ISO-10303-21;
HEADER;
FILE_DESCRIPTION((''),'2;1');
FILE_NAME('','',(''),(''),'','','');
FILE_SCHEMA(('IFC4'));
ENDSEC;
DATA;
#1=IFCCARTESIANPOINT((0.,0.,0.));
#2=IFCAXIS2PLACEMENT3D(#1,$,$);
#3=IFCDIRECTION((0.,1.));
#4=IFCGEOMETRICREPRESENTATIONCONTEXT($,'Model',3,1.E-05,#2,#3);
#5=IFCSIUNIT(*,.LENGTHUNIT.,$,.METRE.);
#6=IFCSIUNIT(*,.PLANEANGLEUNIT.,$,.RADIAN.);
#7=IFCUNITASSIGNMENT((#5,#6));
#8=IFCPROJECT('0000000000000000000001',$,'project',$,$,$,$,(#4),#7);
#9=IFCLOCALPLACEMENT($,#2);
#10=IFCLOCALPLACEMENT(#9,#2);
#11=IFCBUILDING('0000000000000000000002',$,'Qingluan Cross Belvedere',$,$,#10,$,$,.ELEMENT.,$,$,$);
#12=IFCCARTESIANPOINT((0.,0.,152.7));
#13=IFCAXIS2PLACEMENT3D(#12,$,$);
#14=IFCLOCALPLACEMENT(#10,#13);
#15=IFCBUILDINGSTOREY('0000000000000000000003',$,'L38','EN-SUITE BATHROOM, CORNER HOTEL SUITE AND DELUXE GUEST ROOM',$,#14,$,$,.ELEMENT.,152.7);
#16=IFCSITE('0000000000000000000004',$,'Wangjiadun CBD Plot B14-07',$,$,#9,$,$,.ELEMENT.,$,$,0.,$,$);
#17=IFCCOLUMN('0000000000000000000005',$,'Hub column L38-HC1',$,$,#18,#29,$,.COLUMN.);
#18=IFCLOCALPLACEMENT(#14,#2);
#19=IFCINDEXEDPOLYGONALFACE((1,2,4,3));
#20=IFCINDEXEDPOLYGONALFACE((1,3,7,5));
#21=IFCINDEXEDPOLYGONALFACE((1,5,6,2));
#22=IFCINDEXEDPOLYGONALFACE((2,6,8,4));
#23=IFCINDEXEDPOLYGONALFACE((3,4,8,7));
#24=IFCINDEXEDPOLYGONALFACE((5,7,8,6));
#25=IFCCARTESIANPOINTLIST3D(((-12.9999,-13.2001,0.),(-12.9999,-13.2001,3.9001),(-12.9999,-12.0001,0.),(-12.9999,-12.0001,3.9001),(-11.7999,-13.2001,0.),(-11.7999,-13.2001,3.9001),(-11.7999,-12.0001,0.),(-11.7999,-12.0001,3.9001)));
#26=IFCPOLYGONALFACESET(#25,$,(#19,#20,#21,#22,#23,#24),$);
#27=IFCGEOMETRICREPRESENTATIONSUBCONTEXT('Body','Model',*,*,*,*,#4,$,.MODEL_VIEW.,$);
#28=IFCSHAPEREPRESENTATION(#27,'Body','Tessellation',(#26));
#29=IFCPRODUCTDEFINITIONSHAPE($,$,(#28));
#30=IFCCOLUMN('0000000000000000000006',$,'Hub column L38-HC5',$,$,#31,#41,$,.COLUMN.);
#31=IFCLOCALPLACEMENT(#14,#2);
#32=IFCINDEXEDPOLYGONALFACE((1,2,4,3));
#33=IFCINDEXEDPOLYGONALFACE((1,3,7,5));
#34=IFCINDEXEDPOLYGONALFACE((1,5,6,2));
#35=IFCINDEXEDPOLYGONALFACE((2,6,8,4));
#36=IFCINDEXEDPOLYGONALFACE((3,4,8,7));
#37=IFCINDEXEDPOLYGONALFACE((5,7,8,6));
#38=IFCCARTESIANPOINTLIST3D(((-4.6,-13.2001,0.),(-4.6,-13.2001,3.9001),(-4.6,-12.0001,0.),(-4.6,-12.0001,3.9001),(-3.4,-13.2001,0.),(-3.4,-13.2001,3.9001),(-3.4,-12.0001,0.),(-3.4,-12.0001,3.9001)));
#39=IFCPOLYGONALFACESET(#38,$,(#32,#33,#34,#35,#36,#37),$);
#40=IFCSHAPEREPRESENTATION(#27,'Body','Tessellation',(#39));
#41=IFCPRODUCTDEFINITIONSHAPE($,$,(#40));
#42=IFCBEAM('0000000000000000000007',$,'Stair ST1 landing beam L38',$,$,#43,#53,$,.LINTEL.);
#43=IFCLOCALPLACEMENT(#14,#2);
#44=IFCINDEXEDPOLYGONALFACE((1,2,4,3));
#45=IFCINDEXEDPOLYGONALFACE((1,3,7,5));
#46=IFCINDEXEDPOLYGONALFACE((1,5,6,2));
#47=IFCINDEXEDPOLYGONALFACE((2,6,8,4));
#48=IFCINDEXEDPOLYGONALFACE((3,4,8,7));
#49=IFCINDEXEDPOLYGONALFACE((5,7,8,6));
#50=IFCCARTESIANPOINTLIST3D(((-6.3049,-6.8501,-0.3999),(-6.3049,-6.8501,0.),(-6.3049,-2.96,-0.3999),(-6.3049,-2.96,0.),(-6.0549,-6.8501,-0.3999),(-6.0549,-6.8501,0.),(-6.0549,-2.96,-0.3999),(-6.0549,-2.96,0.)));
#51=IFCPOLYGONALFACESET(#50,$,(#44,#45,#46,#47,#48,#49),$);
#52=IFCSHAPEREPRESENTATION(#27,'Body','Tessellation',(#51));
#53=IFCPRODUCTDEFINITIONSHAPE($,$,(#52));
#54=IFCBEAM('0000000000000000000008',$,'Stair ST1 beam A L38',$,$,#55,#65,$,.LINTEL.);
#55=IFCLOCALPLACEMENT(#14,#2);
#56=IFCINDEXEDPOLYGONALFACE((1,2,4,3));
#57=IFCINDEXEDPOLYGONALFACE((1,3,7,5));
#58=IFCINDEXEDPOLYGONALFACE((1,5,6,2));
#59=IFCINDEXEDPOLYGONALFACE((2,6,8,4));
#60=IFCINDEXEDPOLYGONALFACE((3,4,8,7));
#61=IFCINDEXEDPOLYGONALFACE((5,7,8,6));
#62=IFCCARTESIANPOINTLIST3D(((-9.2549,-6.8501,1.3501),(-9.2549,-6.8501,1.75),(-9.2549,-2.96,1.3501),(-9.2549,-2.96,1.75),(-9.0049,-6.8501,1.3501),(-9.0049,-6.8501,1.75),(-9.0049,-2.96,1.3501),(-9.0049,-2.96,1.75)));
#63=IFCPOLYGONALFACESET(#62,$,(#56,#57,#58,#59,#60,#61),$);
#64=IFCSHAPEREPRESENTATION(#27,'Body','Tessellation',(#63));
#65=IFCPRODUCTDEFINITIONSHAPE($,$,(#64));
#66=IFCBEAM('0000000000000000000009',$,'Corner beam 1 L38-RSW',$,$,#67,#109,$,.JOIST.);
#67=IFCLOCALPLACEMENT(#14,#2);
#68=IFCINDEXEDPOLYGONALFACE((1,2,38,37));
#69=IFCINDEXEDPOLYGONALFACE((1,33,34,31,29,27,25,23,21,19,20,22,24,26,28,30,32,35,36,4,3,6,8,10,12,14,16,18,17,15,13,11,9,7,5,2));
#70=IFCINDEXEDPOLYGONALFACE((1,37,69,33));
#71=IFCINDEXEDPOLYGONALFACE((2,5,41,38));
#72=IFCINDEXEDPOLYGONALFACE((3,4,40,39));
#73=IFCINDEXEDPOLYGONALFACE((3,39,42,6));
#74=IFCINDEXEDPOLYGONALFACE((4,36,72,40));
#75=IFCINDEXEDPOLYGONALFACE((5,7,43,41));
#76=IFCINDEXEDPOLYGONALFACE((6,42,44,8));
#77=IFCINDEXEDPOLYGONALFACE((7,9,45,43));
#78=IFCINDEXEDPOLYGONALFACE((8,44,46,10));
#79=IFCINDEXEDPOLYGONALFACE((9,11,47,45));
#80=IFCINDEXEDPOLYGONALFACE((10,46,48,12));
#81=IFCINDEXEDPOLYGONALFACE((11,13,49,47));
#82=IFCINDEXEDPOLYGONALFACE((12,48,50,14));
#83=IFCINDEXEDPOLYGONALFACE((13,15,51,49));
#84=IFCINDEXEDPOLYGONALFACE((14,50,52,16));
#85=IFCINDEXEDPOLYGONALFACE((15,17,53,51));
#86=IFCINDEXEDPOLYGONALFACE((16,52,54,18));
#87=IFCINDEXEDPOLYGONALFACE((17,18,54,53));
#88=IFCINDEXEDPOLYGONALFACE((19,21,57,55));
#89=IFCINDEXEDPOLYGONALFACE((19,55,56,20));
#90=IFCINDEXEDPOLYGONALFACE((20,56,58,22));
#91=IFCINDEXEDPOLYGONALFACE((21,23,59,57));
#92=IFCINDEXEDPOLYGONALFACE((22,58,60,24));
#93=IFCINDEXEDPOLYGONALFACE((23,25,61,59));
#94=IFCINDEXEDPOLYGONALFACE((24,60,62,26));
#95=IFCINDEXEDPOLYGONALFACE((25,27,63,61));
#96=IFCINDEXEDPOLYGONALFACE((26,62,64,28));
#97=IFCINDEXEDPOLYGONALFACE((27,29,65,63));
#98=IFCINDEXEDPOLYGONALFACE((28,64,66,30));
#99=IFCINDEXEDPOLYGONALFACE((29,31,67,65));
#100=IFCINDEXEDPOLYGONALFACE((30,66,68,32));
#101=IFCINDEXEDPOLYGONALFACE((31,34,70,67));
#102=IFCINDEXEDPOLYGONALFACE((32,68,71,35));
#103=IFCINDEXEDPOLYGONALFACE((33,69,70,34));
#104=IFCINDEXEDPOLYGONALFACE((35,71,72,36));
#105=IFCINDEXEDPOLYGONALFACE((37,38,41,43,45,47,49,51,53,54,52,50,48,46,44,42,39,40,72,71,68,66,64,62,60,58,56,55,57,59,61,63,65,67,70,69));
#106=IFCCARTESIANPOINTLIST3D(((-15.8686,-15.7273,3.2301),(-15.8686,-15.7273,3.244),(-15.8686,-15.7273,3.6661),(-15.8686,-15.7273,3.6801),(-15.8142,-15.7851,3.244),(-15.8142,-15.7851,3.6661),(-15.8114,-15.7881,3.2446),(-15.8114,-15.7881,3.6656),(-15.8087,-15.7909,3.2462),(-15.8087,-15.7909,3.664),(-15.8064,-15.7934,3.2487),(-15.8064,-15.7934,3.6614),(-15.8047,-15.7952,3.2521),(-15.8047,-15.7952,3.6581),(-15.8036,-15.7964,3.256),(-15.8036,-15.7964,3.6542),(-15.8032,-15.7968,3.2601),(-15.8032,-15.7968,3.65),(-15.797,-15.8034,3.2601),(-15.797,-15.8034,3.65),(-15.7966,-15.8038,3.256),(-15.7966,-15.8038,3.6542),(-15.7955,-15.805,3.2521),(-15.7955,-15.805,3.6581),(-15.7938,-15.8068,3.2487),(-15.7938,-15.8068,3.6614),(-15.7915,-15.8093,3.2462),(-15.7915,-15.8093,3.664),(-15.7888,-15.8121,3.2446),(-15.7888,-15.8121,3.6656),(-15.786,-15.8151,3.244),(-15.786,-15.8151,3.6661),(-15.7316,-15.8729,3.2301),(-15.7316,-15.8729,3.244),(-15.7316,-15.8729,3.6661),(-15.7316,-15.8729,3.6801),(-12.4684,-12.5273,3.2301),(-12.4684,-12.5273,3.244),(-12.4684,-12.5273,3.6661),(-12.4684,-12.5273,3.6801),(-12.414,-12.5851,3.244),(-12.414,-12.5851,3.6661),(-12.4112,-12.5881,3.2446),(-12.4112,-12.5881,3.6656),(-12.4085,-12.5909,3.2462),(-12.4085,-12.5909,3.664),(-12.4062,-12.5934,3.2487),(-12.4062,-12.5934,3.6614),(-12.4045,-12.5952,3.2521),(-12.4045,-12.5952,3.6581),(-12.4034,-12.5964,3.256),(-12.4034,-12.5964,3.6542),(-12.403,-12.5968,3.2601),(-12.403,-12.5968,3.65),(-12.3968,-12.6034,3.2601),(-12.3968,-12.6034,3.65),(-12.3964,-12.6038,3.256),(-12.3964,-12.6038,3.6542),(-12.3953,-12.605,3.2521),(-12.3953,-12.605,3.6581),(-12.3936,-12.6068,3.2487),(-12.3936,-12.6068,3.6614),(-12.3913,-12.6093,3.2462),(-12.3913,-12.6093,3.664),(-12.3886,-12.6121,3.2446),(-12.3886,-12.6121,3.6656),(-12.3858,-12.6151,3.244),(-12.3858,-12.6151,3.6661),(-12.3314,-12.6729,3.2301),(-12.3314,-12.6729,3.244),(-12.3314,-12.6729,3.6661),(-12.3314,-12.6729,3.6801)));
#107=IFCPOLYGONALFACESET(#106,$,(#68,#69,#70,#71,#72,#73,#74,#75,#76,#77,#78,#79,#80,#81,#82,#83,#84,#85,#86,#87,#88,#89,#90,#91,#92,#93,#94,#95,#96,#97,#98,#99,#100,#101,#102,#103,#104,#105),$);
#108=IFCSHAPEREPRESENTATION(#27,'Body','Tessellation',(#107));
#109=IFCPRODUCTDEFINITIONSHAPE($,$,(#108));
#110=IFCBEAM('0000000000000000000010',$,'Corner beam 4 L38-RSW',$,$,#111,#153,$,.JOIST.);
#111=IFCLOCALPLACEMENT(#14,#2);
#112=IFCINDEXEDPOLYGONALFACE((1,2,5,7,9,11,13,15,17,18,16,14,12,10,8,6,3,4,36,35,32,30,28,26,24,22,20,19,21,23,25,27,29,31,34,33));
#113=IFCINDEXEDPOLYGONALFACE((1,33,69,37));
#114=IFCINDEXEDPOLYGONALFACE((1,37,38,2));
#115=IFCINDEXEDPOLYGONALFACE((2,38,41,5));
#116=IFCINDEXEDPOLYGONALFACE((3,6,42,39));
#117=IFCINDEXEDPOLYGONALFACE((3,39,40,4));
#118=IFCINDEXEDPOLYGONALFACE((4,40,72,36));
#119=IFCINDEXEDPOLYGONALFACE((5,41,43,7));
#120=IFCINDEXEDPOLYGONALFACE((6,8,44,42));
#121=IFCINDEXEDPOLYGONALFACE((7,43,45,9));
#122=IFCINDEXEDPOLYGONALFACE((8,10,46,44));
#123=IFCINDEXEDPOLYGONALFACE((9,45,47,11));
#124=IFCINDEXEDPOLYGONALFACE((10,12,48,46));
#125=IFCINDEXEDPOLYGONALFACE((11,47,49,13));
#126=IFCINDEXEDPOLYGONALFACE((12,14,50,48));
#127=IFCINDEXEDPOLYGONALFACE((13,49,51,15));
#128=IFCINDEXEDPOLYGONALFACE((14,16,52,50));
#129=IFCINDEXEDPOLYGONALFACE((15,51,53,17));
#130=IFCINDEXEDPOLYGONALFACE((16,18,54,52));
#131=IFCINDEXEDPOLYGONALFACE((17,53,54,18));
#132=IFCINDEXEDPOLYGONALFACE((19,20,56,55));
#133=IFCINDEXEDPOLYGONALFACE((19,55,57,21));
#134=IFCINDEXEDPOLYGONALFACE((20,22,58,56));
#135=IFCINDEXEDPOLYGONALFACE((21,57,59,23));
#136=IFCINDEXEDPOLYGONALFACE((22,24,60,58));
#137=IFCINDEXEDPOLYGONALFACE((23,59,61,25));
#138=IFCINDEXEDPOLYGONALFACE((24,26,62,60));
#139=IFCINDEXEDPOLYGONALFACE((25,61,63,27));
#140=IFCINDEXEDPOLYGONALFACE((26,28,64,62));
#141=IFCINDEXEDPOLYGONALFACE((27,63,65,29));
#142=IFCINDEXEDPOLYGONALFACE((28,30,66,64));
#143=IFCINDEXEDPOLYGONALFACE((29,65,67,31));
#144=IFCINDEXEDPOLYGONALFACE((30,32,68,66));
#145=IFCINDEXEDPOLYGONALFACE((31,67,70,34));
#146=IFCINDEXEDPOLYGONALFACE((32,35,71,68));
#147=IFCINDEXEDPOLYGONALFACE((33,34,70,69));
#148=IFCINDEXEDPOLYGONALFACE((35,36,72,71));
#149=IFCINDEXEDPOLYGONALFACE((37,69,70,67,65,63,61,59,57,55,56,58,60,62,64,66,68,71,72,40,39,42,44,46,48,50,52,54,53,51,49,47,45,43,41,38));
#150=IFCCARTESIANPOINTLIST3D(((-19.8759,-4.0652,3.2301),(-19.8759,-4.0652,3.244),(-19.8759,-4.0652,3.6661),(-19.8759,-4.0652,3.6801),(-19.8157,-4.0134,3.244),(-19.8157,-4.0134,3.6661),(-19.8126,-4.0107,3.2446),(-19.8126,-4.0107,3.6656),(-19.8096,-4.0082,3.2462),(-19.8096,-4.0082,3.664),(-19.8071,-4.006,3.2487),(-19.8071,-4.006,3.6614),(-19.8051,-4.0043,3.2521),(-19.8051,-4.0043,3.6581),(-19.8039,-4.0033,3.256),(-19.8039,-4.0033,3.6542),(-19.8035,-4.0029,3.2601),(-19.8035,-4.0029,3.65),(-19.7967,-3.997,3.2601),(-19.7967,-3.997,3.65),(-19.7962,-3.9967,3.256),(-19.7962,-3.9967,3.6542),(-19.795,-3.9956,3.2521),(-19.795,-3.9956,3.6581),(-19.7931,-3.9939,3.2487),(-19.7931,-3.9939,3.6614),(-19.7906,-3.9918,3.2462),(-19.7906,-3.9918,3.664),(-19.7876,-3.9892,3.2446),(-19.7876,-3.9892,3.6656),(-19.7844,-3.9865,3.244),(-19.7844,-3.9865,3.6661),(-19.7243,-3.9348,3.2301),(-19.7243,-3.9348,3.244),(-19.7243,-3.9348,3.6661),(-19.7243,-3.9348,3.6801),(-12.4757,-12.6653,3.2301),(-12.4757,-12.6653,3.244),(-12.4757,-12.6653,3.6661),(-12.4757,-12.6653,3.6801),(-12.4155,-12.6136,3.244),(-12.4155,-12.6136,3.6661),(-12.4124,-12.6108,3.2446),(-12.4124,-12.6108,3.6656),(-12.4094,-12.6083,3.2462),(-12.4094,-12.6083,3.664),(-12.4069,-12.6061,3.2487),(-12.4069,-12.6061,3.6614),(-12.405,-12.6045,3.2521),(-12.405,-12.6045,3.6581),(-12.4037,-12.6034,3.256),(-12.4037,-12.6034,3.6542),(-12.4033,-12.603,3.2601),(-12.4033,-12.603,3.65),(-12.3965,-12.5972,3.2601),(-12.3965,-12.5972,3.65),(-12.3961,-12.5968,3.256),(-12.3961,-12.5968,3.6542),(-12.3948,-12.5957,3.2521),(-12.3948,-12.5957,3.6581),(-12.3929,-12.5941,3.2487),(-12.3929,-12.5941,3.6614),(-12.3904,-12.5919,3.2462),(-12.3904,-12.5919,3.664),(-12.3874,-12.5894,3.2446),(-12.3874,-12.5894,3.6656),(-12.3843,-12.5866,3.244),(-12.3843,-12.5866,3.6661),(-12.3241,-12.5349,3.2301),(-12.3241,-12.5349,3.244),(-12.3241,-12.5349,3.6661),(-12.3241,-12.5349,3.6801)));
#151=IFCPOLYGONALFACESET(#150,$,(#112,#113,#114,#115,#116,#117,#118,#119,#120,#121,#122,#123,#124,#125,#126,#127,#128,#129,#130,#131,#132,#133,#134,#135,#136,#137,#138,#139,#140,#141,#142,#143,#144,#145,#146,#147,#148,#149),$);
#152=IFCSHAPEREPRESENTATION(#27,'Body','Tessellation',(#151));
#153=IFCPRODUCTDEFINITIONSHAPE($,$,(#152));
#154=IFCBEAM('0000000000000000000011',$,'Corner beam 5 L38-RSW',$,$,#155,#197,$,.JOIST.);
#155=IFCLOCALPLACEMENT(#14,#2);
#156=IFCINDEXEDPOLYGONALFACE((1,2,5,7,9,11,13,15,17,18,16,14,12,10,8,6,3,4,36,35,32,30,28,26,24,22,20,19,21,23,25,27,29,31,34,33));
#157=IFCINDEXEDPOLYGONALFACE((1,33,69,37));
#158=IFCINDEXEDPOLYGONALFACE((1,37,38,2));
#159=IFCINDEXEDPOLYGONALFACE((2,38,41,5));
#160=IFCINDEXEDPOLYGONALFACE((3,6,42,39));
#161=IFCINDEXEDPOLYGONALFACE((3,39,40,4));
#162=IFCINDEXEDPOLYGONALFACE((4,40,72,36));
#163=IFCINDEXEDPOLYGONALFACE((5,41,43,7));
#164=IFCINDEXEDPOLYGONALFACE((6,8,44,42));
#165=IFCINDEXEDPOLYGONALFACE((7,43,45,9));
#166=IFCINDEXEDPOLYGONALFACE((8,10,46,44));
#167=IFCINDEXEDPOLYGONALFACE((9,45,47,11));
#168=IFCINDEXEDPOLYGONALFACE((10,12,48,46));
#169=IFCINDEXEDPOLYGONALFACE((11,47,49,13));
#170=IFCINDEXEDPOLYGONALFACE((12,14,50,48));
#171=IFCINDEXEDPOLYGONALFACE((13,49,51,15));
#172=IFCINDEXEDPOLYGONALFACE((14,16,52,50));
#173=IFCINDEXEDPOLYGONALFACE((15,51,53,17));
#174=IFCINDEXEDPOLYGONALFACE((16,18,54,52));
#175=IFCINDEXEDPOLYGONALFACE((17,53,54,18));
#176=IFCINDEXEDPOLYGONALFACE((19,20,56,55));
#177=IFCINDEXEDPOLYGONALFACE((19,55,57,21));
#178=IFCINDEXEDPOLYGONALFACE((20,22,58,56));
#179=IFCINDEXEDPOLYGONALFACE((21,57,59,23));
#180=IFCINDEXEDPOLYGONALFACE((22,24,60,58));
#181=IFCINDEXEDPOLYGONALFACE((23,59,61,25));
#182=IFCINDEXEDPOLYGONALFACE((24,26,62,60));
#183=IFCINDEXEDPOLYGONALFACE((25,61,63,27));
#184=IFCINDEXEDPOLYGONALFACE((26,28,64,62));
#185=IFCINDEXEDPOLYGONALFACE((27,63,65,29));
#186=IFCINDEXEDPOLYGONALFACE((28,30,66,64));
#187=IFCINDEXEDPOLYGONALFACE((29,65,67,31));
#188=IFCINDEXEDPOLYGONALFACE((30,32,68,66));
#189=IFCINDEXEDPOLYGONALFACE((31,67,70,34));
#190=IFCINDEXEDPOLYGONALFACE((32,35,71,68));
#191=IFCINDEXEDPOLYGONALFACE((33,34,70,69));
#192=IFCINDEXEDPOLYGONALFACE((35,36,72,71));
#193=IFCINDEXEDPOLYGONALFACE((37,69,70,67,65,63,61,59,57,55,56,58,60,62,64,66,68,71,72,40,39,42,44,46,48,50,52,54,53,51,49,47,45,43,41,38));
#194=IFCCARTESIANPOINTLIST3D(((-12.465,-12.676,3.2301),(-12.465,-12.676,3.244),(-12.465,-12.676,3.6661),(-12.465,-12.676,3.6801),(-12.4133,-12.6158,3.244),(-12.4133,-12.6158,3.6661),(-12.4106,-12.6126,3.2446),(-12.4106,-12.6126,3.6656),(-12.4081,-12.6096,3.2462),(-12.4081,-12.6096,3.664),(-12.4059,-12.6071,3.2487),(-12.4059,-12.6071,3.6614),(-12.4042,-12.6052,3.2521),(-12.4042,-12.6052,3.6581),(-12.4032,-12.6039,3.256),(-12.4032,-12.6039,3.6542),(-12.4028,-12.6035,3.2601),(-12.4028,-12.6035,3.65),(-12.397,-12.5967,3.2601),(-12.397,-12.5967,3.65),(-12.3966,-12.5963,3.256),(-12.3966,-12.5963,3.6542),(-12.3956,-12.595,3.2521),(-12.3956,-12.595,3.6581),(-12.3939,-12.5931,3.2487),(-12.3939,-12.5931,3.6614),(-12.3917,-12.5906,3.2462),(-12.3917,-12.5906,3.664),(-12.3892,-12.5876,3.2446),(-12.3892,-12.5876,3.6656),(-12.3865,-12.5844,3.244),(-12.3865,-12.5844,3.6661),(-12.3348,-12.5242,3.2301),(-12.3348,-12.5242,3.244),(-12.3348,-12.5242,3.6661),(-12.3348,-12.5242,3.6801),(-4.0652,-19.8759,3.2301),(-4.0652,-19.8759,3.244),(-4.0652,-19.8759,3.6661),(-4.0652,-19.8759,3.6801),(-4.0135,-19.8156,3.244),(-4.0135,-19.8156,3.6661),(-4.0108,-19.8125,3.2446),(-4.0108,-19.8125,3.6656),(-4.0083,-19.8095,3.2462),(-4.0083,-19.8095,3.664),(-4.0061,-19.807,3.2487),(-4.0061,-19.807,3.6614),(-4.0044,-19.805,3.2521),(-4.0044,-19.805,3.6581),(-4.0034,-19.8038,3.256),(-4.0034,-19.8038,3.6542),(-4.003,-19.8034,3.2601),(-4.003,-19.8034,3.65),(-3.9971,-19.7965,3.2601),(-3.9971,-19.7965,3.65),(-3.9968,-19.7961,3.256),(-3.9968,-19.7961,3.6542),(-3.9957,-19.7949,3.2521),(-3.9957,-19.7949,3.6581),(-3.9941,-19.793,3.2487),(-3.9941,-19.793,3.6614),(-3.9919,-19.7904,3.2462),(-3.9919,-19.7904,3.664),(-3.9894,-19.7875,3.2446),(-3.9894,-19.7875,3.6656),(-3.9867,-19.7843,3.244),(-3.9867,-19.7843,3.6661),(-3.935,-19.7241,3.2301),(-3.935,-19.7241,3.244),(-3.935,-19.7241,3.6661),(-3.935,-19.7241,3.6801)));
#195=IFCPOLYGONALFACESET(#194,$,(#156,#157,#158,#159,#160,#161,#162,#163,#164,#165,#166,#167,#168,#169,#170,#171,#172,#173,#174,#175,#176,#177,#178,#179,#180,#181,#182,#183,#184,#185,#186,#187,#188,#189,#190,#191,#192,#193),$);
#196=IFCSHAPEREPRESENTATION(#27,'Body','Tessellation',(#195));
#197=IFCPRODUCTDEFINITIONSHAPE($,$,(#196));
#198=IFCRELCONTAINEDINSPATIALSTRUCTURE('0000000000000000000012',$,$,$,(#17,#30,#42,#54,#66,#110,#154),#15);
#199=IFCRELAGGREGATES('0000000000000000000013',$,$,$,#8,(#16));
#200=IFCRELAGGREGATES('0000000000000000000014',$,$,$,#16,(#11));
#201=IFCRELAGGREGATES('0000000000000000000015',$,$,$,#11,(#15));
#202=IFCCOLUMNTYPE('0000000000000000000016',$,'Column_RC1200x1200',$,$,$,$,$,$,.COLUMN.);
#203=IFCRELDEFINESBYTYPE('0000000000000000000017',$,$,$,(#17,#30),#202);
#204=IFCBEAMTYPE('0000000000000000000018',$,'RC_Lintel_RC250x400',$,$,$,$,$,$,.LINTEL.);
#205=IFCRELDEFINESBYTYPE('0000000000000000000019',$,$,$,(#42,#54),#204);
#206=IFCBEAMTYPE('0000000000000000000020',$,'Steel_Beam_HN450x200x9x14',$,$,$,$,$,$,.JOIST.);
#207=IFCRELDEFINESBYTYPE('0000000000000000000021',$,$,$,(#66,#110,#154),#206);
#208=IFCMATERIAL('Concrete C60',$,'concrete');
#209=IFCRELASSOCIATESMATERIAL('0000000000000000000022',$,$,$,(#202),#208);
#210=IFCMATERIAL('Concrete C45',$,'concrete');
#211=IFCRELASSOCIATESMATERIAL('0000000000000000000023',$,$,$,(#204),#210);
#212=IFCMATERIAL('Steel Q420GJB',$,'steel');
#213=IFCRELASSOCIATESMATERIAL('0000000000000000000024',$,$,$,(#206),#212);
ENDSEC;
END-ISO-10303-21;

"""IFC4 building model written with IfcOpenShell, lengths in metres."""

from ifc_helpers import new_model, si_unit, direction, frame, origin, origin_2d, place, context, subcontext, project, spatial, rectangle, i_section, extrude, material, material_profile, profile_set, type_object, element, save


model = new_model("IFC4")

# Units and contexts
model_context = context("Model", 3, precision=1e-05, world=origin(), true_north=direction((0.0, 1.0)))
body_context = subcontext(model_context, "Body", "Model", "MODEL_VIEW")
ifc_project = project(units=[si_unit("LENGTHUNIT", "METRE"), si_unit("PLANEANGLEUNIT", "RADIAN")], contexts=[model_context])

# Site, building, storey
site_placement = place(None, origin())
site = spatial("IfcSite", under=ifc_project, at=site_placement, Name="Wangjiadun CBD Plot B14-07", CompositionType="ELEMENT", RefElevation=0.0)
building_placement = place(site_placement, origin())
building = spatial("IfcBuilding", under=site, at=building_placement, Name="Qingluan Cross Belvedere", CompositionType="ELEMENT")
storey_placement = place(building_placement, frame((0.0, 0.0, 152.7)))
storey = spatial("IfcBuildingStorey", under=building, at=storey_placement, Name="L38", Description="EN-SUITE BATHROOM, CORNER HOTEL SUITE AND DELUXE GUEST ROOM", CompositionType="ELEMENT", Elevation=152.7)

# Columns
ifc_material_1 = material(Name="Concrete C60", Category="concrete")
ifc_material_profile_1 = material_profile(ifc_material_1, rectangle(XDim=1.2, YDim=1.2, at=origin_2d()), Name="RC1200x1200")
ifc_profile_set_1 = profile_set([ifc_material_profile_1], Name="Concrete C60")
column_type = type_object("IfcColumnType", Name="Column_RC1200x1200", PredefinedType="COLUMN", material=ifc_profile_set_1)
for number, where, z_axis, x_axis, name in (
    (1, (-12.3999, -12.6001, 0.0), (0.0, 0.0, 1.0), (1.0, 0.0, 0.0), "Hub column L38-HC1"),
    (2, (-4.0, -12.6001, 0.0), (0.0, 0.0, 1.0), (1.0, 0.0, 0.0), "Hub column L38-HC5"),
):
    element("IfcColumn", number, at=place(storey_placement, frame(where, z_axis=z_axis, x_axis=x_axis)), inside=storey, type_object=column_type, Name=name, PredefinedType="COLUMN", context=body_context, shape_type="SweptSolid", body=[
        extrude(rectangle(XDim=1.2, YDim=1.2, at=origin_2d()), origin(), (0.0, 0.0, 1.0), 3.9001),
    ])

# Beams
ifc_material_2 = material(Name="Concrete C45", Category="concrete")
ifc_material_profile_2 = material_profile(ifc_material_2, rectangle(XDim=0.25, YDim=0.3999, at=origin_2d()), Name="RC250x400")
ifc_profile_set_2 = profile_set([ifc_material_profile_2], Name="Concrete C45")
beam_type_1 = type_object("IfcBeamType", Name="RC_Lintel_RC250x400", PredefinedType="LINTEL", material=ifc_profile_set_2)
for number, where, z_axis, x_axis, name in (
    (3, (-6.1799, -6.8501, -0.2), (0.0, 1.0, 0.0), (-1.0, 0.0, 0.0), "Stair ST1 landing beam L38"),
    (4, (-9.1299, -6.8501, 1.55), (0.0, 1.0, 0.0), (-1.0, 0.0, 0.0), "Stair ST1 beam A L38"),
):
    element("IfcBeam", number, at=place(storey_placement, frame(where, z_axis=z_axis, x_axis=x_axis)), inside=storey, type_object=beam_type_1, Name=name, PredefinedType="LINTEL", context=body_context, shape_type="SweptSolid", body=[
        extrude(rectangle(XDim=0.25, YDim=0.3999, at=origin_2d()), origin(), (0.0, 0.0, 1.0), 3.8901),
    ])
ifc_material_3 = material(Name="Steel Q420GJB", Category="steel")
ifc_material_profile_3 = material_profile(ifc_material_3, i_section(OverallWidth=0.2, OverallDepth=0.45, WebThickness=0.009, FlangeThickness=0.0139, FilletRadius=0.0161, at=origin_2d()), Name="HN450x200x9x14")
ifc_profile_set_3 = profile_set([ifc_material_profile_3], Name="Steel Q420GJB")
beam_type_2 = type_object("IfcBeamType", Name="Steel_Beam_HN450x200x9x14", PredefinedType="JOIST", material=ifc_profile_set_3)
beam_1_placement = place(storey_placement, frame((-12.3999, -12.6001, 3.4551), z_axis=(-0.72822, -0.685343, 0.0), x_axis=(0.685343, -0.72822, 0.0)))
element("IfcBeam", 5, at=beam_1_placement, inside=storey, type_object=beam_type_2, Name="Corner beam 1 L38-RSW", PredefinedType="JOIST", context=body_context, shape_type="SweptSolid", body=[
    extrude(i_section(OverallWidth=0.2, OverallDepth=0.45, WebThickness=0.009, FlangeThickness=0.0139, FilletRadius=0.0161, at=origin_2d()), origin(), (0.0, 0.0, 1.0), 4.6692),
])
beam_2_placement = place(storey_placement, frame((-12.3999, -12.6001, 3.4551), z_axis=(-0.652245, 0.758008, 0.0), x_axis=(-0.758008, -0.652245, 0.0)))
element("IfcBeam", 6, at=beam_2_placement, inside=storey, type_object=beam_type_2, Name="Corner beam 4 L38-RSW", PredefinedType="JOIST", context=body_context, shape_type="SweptSolid", body=[
    extrude(i_section(OverallWidth=0.2, OverallDepth=0.45, WebThickness=0.009, FlangeThickness=0.0139, FilletRadius=0.0161, at=origin_2d()), origin(), (0.0, 0.0, 1.0), 11.3457),
])
beam_3_placement = place(storey_placement, frame((-12.3999, -12.6001, 3.4551), z_axis=(0.759255, -0.650793, 0.0), x_axis=(0.650793, 0.759255, 0.0)))
element("IfcBeam", 7, at=beam_3_placement, inside=storey, type_object=beam_type_2, Name="Corner beam 5 L38-RSW", PredefinedType="JOIST", context=body_context, shape_type="SweptSolid", body=[
    extrude(i_section(OverallWidth=0.2, OverallDepth=0.45, WebThickness=0.009, FlangeThickness=0.0139, FilletRadius=0.0161, at=origin_2d()), origin(), (0.0, 0.0, 1.0), 11.0632),
])

save(model, "model.ifc")
